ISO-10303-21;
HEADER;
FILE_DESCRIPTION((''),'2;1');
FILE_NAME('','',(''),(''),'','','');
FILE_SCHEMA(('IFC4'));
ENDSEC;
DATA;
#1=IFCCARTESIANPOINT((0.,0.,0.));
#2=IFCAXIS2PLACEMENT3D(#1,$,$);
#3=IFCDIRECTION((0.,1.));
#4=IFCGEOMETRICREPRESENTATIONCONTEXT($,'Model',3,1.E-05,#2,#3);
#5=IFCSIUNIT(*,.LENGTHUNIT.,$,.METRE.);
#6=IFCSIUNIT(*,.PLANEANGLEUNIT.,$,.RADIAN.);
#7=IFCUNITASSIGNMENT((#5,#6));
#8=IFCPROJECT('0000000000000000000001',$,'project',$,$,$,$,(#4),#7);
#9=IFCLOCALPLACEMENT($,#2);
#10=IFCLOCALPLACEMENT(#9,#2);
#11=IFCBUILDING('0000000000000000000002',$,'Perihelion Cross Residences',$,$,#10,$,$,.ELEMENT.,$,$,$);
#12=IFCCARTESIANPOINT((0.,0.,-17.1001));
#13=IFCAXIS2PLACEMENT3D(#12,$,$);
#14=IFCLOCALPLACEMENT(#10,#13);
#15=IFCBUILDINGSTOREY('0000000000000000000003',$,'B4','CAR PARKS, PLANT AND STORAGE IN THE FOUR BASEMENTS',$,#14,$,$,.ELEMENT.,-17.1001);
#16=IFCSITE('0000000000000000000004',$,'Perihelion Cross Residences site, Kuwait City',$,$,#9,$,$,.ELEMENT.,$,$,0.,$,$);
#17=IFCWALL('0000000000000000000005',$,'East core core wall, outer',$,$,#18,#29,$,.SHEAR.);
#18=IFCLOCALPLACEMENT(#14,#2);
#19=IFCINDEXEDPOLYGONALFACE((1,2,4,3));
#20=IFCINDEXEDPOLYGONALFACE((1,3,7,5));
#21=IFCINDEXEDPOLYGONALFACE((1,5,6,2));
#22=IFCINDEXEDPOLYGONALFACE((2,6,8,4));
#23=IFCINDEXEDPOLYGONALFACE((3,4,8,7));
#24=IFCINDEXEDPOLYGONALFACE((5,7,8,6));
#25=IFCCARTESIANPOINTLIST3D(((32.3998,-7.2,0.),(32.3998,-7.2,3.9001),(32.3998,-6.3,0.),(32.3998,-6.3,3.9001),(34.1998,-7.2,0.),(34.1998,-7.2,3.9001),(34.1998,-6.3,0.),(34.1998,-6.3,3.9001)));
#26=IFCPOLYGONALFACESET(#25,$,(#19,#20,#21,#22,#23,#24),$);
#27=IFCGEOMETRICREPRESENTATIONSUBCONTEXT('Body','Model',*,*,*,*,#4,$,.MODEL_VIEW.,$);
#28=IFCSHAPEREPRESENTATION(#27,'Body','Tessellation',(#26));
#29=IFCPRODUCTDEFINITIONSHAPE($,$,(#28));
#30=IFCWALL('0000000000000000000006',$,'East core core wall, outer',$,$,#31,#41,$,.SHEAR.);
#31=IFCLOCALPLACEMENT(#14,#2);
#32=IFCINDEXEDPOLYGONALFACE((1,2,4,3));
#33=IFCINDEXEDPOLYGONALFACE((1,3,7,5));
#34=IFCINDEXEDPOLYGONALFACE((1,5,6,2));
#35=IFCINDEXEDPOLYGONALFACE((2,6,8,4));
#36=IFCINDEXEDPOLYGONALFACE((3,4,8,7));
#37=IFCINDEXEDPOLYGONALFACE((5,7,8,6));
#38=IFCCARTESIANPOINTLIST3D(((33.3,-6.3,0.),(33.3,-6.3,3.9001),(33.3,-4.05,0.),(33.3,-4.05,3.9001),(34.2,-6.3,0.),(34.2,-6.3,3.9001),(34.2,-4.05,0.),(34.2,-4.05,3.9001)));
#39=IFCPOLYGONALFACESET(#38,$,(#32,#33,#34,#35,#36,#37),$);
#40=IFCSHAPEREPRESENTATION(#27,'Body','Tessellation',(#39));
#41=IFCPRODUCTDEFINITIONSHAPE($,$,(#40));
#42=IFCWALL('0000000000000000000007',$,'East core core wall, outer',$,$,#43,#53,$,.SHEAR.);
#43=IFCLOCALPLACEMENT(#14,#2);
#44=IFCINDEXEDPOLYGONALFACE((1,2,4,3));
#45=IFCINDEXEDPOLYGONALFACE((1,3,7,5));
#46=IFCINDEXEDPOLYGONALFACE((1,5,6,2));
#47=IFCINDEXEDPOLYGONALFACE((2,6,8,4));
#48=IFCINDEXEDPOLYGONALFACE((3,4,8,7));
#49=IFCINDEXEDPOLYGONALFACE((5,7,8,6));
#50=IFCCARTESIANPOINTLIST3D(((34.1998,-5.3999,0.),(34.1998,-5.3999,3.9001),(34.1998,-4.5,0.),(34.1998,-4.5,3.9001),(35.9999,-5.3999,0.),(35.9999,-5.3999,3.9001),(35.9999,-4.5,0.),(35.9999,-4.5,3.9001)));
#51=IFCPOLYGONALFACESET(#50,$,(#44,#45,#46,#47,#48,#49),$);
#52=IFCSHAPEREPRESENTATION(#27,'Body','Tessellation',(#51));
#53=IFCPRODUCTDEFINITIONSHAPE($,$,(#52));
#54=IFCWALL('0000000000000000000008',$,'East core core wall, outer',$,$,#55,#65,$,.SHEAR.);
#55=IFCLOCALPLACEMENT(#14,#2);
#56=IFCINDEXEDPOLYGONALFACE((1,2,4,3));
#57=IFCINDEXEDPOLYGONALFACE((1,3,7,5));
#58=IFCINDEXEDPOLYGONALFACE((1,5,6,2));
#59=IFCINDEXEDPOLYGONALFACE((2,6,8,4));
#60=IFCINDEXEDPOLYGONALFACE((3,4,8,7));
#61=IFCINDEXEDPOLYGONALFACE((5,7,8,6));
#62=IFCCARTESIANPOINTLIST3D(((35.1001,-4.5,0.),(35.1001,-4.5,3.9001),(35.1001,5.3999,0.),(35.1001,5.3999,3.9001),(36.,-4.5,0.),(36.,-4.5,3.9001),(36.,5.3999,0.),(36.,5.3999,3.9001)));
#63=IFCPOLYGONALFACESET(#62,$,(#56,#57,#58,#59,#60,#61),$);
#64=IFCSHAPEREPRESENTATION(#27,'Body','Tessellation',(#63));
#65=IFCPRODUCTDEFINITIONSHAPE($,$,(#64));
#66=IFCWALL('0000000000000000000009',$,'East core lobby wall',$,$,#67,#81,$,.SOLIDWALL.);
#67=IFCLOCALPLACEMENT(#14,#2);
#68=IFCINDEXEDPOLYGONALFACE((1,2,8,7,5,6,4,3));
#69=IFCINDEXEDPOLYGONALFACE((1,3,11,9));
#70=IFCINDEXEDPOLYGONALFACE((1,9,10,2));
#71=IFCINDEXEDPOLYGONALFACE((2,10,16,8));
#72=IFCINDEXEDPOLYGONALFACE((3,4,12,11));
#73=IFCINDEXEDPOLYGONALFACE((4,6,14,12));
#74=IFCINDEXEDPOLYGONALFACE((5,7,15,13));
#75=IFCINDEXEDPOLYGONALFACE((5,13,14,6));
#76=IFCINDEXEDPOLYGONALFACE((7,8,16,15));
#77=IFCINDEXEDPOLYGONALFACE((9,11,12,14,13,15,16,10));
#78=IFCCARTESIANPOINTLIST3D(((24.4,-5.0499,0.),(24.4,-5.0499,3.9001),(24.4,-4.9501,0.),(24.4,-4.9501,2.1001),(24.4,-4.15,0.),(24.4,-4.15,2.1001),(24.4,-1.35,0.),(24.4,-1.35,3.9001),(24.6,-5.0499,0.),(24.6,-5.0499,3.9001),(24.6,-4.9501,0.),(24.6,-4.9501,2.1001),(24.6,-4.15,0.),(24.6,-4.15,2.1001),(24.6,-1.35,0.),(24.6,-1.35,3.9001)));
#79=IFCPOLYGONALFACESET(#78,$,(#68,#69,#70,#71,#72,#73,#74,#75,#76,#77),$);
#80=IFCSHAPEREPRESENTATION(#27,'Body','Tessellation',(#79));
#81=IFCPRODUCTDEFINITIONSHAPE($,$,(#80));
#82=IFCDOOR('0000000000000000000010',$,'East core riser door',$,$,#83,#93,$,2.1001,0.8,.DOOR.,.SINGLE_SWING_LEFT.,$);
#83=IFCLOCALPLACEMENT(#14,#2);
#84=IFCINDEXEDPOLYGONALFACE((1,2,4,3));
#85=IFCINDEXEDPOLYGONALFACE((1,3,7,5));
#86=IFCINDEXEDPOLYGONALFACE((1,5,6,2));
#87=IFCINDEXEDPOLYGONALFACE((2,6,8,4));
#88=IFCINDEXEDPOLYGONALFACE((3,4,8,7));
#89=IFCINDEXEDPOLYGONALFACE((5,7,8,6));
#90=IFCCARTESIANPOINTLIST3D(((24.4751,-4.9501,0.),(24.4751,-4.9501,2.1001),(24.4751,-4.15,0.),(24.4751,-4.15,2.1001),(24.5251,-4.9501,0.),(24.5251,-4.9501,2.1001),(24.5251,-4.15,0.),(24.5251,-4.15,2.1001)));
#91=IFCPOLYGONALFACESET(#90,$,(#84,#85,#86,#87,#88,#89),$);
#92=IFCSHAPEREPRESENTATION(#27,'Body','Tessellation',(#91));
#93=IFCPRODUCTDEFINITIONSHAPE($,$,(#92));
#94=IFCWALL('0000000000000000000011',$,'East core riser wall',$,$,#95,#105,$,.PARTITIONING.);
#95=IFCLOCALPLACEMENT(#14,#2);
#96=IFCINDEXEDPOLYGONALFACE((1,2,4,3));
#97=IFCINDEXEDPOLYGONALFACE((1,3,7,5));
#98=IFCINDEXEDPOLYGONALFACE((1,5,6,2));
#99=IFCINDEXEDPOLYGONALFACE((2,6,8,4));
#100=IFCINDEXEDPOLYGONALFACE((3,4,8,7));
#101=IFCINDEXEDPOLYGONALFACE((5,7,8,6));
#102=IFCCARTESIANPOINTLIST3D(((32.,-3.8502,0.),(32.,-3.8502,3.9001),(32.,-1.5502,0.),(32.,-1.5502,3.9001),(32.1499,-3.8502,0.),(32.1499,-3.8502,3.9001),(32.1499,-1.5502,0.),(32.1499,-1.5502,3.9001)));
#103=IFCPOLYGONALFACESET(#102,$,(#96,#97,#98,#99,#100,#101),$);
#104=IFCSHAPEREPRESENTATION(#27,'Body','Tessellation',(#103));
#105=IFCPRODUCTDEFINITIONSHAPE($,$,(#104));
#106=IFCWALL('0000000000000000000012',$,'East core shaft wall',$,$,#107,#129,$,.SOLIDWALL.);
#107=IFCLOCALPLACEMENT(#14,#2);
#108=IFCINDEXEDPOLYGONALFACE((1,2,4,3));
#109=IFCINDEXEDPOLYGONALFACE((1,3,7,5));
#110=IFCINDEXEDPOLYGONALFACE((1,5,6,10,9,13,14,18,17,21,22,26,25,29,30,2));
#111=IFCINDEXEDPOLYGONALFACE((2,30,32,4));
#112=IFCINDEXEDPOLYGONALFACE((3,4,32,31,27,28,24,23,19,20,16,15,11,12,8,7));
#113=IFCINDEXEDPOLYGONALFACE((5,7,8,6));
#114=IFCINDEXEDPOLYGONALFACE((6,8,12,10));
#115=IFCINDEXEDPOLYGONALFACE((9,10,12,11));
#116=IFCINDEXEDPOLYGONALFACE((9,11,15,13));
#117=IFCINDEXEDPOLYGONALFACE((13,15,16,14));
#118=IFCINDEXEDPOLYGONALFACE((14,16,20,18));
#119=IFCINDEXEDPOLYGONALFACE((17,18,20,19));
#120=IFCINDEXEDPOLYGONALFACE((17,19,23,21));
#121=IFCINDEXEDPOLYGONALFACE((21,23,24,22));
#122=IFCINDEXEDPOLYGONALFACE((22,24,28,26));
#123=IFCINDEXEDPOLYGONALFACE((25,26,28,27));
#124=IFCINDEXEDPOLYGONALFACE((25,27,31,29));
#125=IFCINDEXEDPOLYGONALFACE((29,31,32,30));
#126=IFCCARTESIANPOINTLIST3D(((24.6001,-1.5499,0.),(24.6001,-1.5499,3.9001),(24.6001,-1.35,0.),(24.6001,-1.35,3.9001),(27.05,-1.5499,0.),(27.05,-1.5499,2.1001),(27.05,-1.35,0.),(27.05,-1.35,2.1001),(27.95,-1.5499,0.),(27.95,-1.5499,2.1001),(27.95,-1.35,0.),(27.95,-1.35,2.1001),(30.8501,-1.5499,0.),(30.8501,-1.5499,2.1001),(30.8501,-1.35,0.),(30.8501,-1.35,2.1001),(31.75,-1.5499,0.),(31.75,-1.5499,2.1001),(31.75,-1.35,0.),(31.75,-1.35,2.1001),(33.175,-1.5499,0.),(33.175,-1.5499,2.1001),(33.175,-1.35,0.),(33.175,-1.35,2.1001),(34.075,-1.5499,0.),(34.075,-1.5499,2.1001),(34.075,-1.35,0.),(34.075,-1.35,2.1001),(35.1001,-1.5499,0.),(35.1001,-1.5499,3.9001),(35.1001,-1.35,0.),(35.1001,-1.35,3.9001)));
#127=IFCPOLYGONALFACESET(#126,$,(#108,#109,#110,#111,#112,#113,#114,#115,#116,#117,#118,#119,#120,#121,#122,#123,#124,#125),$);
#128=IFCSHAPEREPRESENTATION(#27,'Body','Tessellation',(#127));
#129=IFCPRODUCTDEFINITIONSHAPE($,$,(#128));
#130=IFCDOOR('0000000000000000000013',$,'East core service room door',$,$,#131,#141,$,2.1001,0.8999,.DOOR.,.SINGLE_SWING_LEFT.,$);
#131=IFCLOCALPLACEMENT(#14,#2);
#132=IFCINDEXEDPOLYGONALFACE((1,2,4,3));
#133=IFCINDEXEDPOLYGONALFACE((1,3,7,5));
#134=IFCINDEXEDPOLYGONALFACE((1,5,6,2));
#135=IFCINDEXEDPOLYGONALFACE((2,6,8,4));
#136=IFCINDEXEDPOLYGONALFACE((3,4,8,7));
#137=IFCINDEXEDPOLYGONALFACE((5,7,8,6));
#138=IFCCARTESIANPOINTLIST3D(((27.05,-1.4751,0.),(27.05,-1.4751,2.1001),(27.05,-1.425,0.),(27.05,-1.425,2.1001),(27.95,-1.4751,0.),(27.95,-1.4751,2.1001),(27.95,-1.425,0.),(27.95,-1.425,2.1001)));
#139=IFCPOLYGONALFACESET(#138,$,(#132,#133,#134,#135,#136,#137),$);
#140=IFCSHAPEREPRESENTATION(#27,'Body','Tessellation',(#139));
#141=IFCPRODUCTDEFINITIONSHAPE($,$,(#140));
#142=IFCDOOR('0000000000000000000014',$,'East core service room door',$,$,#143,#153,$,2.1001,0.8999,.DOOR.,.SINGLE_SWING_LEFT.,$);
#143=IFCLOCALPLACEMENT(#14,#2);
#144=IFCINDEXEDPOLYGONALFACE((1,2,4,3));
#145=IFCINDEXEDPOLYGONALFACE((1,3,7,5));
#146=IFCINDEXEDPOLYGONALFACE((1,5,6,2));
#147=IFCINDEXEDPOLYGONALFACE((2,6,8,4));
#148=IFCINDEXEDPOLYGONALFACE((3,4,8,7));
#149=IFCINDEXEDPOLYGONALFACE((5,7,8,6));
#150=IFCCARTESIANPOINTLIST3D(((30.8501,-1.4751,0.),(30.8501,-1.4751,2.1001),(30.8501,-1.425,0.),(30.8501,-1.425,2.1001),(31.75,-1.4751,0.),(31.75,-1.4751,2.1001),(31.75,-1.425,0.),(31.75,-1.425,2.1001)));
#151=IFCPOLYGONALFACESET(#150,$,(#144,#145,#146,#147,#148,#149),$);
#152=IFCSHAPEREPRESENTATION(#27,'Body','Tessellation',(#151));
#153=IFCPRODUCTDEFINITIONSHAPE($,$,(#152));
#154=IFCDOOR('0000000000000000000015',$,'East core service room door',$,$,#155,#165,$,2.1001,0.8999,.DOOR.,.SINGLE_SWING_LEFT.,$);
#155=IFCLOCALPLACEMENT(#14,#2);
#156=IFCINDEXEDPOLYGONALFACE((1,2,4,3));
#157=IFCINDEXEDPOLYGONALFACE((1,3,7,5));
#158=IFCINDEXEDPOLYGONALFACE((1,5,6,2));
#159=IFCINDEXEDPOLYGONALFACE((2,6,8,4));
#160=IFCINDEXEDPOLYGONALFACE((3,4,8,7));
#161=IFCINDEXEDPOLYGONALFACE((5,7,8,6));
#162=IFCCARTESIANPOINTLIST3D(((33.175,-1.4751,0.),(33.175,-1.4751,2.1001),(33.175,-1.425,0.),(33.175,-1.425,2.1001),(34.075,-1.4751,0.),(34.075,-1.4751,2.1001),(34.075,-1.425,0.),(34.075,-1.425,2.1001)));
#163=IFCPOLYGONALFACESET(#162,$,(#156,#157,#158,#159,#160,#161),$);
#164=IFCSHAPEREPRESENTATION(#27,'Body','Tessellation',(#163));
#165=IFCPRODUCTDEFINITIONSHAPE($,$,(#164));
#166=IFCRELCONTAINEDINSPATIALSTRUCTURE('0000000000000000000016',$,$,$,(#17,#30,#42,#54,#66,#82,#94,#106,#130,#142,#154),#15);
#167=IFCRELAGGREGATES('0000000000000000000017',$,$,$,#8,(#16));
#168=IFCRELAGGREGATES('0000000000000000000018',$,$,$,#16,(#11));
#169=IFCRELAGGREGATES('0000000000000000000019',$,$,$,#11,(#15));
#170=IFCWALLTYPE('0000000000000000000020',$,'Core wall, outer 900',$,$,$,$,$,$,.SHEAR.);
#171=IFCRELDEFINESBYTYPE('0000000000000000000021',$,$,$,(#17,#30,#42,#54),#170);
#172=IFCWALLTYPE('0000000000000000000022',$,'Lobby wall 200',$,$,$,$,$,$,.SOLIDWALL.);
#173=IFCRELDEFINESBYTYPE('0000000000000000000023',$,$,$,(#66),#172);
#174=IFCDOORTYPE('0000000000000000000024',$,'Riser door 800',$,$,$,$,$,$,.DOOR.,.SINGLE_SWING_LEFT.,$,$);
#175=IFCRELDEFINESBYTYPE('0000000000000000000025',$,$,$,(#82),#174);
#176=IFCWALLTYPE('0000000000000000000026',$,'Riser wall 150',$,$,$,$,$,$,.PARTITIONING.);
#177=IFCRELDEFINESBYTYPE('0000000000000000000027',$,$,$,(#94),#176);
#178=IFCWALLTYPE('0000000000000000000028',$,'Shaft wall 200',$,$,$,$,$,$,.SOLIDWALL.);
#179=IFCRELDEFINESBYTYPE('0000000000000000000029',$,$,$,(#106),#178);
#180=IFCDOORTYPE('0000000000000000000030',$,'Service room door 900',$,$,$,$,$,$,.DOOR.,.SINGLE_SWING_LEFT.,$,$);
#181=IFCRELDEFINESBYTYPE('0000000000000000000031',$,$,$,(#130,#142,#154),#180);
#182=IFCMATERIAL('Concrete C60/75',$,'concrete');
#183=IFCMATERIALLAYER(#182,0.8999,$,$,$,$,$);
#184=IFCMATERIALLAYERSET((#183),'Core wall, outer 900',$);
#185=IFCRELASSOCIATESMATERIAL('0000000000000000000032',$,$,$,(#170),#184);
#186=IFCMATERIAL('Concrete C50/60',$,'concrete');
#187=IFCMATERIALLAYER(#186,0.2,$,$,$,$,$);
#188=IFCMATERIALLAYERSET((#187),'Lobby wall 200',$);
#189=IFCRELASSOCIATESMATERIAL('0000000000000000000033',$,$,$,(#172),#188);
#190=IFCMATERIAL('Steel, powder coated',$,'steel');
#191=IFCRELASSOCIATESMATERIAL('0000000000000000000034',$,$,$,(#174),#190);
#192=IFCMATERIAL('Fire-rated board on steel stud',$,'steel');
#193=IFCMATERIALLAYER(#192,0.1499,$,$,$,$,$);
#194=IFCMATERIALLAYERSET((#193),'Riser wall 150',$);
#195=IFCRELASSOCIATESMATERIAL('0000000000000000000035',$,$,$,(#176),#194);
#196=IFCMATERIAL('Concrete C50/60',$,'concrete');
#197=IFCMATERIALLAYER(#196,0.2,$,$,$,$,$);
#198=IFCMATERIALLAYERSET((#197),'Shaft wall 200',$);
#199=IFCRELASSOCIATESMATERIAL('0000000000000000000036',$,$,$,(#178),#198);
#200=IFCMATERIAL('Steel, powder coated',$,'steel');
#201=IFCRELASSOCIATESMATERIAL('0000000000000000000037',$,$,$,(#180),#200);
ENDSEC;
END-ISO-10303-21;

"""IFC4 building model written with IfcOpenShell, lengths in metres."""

from ifc_helpers import new_model, si_unit, direction, frame, frame_2d, origin, place, context, subcontext, project, spatial, rectangle, extrude, material, layer, layer_set, type_object, element, fill, save


model = new_model("IFC4")

# Units and contexts
model_context = context("Model", 3, precision=1e-05, world=origin(), true_north=direction((0.0, 1.0)))
body_context = subcontext(model_context, "Body", "Model", "MODEL_VIEW")
ifc_project = project(units=[si_unit("LENGTHUNIT", "METRE"), si_unit("PLANEANGLEUNIT", "RADIAN")], contexts=[model_context])

# Site, building, storey
site_placement = place(None, origin())
site = spatial("IfcSite", under=ifc_project, at=site_placement, Name="Perihelion Cross Residences site, Kuwait City", CompositionType="ELEMENT", RefElevation=0.0)
building_placement = place(site_placement, origin())
building = spatial("IfcBuilding", under=site, at=building_placement, Name="Perihelion Cross Residences", CompositionType="ELEMENT")
storey_placement = place(building_placement, frame((0.0, 0.0, -17.1001)))
storey = spatial("IfcBuildingStorey", under=building, at=storey_placement, Name="B4", Description="CAR PARKS, PLANT AND STORAGE IN THE FOUR BASEMENTS", CompositionType="ELEMENT", Elevation=-17.1001)

# Walls
ifc_material_1 = material(Name="Concrete C60/75", Category="concrete")
ifc_layer_1 = layer(ifc_material_1, 0.8999)
ifc_layer_set_1 = layer_set([ifc_layer_1], Name="Core wall, outer 900")
wall_type_1 = type_object("IfcWallType", Name="Core wall, outer 900", PredefinedType="SHEAR", material=ifc_layer_set_1)
wall_1_placement = place(storey_placement, frame((32.3999, -6.75, 0.0), z_axis=(0.0, 0.0, 1.0), x_axis=(1.0, 0.0, 0.0)))
element("IfcWall", 1, at=wall_1_placement, inside=storey, type_object=wall_type_1, Name="East core core wall, outer", PredefinedType="SHEAR", context=body_context, shape_type="SweptSolid", body=[
    extrude(rectangle(XDim=1.8, YDim=0.8999, at=frame_2d((0.8999, 0.0))), origin(), (0.0, 0.0, 1.0), 3.9001),
])
wall_2_placement = place(storey_placement, frame((33.75, -6.3, 0.0), z_axis=(0.0, 0.0, 1.0), x_axis=(0.0, 1.0, 0.0)))
element("IfcWall", 2, at=wall_2_placement, inside=storey, type_object=wall_type_1, Name="East core core wall, outer", PredefinedType="SHEAR", context=body_context, shape_type="SweptSolid", body=[
    extrude(rectangle(XDim=2.25, YDim=0.8999, at=frame_2d((1.125, 0.0))), origin(), (0.0, 0.0, 1.0), 3.9001),
])
wall_3_placement = place(storey_placement, frame((34.2, -4.95, 0.0), z_axis=(0.0, 0.0, 1.0), x_axis=(1.0, 0.0, 0.0)))
element("IfcWall", 3, at=wall_3_placement, inside=storey, type_object=wall_type_1, Name="East core core wall, outer", PredefinedType="SHEAR", context=body_context, shape_type="SweptSolid", body=[
    extrude(rectangle(XDim=1.8, YDim=0.8999, at=frame_2d((0.8999, 0.0))), origin(), (0.0, 0.0, 1.0), 3.9001),
])
wall_4_placement = place(storey_placement, frame((35.55, -4.5, 0.0), z_axis=(0.0, 0.0, 1.0), x_axis=(0.0, 1.0, 0.0)))
element("IfcWall", 4, at=wall_4_placement, inside=storey, type_object=wall_type_1, Name="East core core wall, outer", PredefinedType="SHEAR", context=body_context, shape_type="SweptSolid", body=[
    extrude(rectangle(XDim=9.8999, YDim=0.8999, at=frame_2d((4.95, 0.0))), origin(), (0.0, 0.0, 1.0), 3.9001),
])

# Wall, opening, door
ifc_material_2 = material(Name="Concrete C50/60", Category="concrete")
ifc_layer_2 = layer(ifc_material_2, 0.2)
ifc_layer_set_2 = layer_set([ifc_layer_2], Name="Lobby wall 200")
wall_type_2 = type_object("IfcWallType", Name="Lobby wall 200", PredefinedType="SOLIDWALL", material=ifc_layer_set_2)
wall_5_placement = place(storey_placement, frame((24.5, -5.05, 0.0), z_axis=(0.0, 0.0, 1.0), x_axis=(0.0, 1.0, 0.0)))
wall_5 = element("IfcWall", 5, at=wall_5_placement, inside=storey, type_object=wall_type_2, Name="East core lobby wall", PredefinedType="SOLIDWALL", context=body_context, shape_type="SweptSolid", body=[
    extrude(rectangle(XDim=3.7, YDim=0.2, at=frame_2d((1.8501, 0.0))), origin(), (0.0, 0.0, 1.0), 3.9001),
])
opening_1_placement = place(wall_5_placement, frame((0.1001, 0.0, 0.0)))
opening_1 = element("IfcOpeningElement", 6, at=opening_1_placement, cuts=wall_5, PredefinedType="OPENING", context=body_context, shape_type="SweptSolid", body=[
    extrude(rectangle(XDim=0.8, YDim=2.1001, at=frame_2d((0.3999, 1.05))), frame((0.0, 0.1099, 0.0), z_axis=(0.0, -1.0, 0.0), x_axis=(1.0, 0.0, 0.0)), (0.0, 0.0, 1.0), 0.22),
])
ifc_material_3 = material(Name="Steel, powder coated", Category="steel")
door_type_1 = type_object("IfcDoorType", Name="Riser door 800", OperationType="SINGLE_SWING_LEFT", PredefinedType="DOOR", material=ifc_material_3)
door_1_placement = place(opening_1_placement, origin())
door_1 = element("IfcDoor", 7, at=door_1_placement, inside=storey, type_object=door_type_1, Name="East core riser door", OperationType="SINGLE_SWING_LEFT", OverallHeight=2.1001, OverallWidth=0.8, PredefinedType="DOOR", context=body_context, shape_type="SweptSolid", body=[
    extrude(rectangle(XDim=0.8, YDim=2.1001, at=frame_2d((0.3999, 1.05))), frame((0.0, 0.0249, 0.0), z_axis=(0.0, -1.0, 0.0), x_axis=(1.0, 0.0, 0.0)), (0.0, 0.0, 1.0), 0.05),
])
fill(opening_1, door_1)

# Wall
ifc_material_4 = material(Name="Fire-rated board on steel stud", Category="steel")
ifc_layer_3 = layer(ifc_material_4, 0.1499)
ifc_layer_set_3 = layer_set([ifc_layer_3], Name="Riser wall 150")
wall_type_3 = type_object("IfcWallType", Name="Riser wall 150", PredefinedType="PARTITIONING", material=ifc_layer_set_3)
wall_6_placement = place(storey_placement, frame((32.075, -3.8501, 0.0), z_axis=(0.0, 0.0, 1.0), x_axis=(0.0, 1.0, 0.0)))
element("IfcWall", 8, at=wall_6_placement, inside=storey, type_object=wall_type_3, Name="East core riser wall", PredefinedType="PARTITIONING", context=body_context, shape_type="SweptSolid", body=[
    extrude(rectangle(XDim=2.3, YDim=0.1499, at=frame_2d((1.1499, 0.0))), origin(), (0.0, 0.0, 1.0), 3.9001),
])

# Wall, openings, doors
ifc_material_5 = material(Name="Concrete C50/60", Category="concrete")
ifc_layer_4 = layer(ifc_material_5, 0.2)
ifc_layer_set_4 = layer_set([ifc_layer_4], Name="Shaft wall 200")
wall_type_4 = type_object("IfcWallType", Name="Shaft wall 200", PredefinedType="SOLIDWALL", material=ifc_layer_set_4)
wall_7_placement = place(storey_placement, frame((24.6001, -1.45, 0.0), z_axis=(0.0, 0.0, 1.0), x_axis=(1.0, 0.0, 0.0)))
wall_7 = element("IfcWall", 9, at=wall_7_placement, inside=storey, type_object=wall_type_4, Name="East core shaft wall", PredefinedType="SOLIDWALL", context=body_context, shape_type="SweptSolid", body=[
    extrude(rectangle(XDim=10.5, YDim=0.2, at=frame_2d((5.25, 0.0))), origin(), (0.0, 0.0, 1.0), 3.9001),
])
opening_2_placement = place(wall_7_placement, frame((2.45, 0.0, 0.0)))
opening_2 = element("IfcOpeningElement", 10, at=opening_2_placement, cuts=wall_7, PredefinedType="OPENING", context=body_context, shape_type="SweptSolid", body=[
    extrude(rectangle(XDim=0.8999, YDim=2.1001, at=frame_2d((0.45, 1.05))), frame((0.0, 0.1099, 0.0), z_axis=(0.0, -1.0, 0.0), x_axis=(1.0, 0.0, 0.0)), (0.0, 0.0, 1.0), 0.22),
])
opening_3_placement = place(wall_7_placement, frame((6.25, 0.0, 0.0)))
opening_3 = element("IfcOpeningElement", 11, at=opening_3_placement, cuts=wall_7, PredefinedType="OPENING", context=body_context, shape_type="SweptSolid", body=[
    extrude(rectangle(XDim=0.8999, YDim=2.1001, at=frame_2d((0.45, 1.05))), frame((0.0, 0.1099, 0.0), z_axis=(0.0, -1.0, 0.0), x_axis=(1.0, 0.0, 0.0)), (0.0, 0.0, 1.0), 0.22),
])
opening_4_placement = place(wall_7_placement, frame((8.575, 0.0, 0.0)))
opening_4 = element("IfcOpeningElement", 12, at=opening_4_placement, cuts=wall_7, PredefinedType="OPENING", context=body_context, shape_type="SweptSolid", body=[
    extrude(rectangle(XDim=0.8999, YDim=2.1001, at=frame_2d((0.45, 1.05))), frame((0.0, 0.1099, 0.0), z_axis=(0.0, -1.0, 0.0), x_axis=(1.0, 0.0, 0.0)), (0.0, 0.0, 1.0), 0.22),
])
ifc_material_6 = material(Name="Steel, powder coated", Category="steel")
door_type_2 = type_object("IfcDoorType", Name="Service room door 900", OperationType="SINGLE_SWING_LEFT", PredefinedType="DOOR", material=ifc_material_6)
door_2_placement = place(opening_2_placement, origin())
door_2 = element("IfcDoor", 13, at=door_2_placement, inside=storey, type_object=door_type_2, Name="East core service room door", OperationType="SINGLE_SWING_LEFT", OverallHeight=2.1001, OverallWidth=0.8999, PredefinedType="DOOR", context=body_context, shape_type="SweptSolid", body=[
    extrude(rectangle(XDim=0.8999, YDim=2.1001, at=frame_2d((0.45, 1.05))), frame((0.0, 0.0249, 0.0), z_axis=(0.0, -1.0, 0.0), x_axis=(1.0, 0.0, 0.0)), (0.0, 0.0, 1.0), 0.05),
])
fill(opening_2, door_2)
door_3_placement = place(opening_3_placement, origin())
door_3 = element("IfcDoor", 14, at=door_3_placement, inside=storey, type_object=door_type_2, Name="East core service room door", OperationType="SINGLE_SWING_LEFT", OverallHeight=2.1001, OverallWidth=0.8999, PredefinedType="DOOR", context=body_context, shape_type="SweptSolid", body=[
    extrude(rectangle(XDim=0.8999, YDim=2.1001, at=frame_2d((0.45, 1.05))), frame((0.0, 0.0249, 0.0), z_axis=(0.0, -1.0, 0.0), x_axis=(1.0, 0.0, 0.0)), (0.0, 0.0, 1.0), 0.05),
])
fill(opening_3, door_3)
door_4_placement = place(opening_4_placement, origin())
door_4 = element("IfcDoor", 15, at=door_4_placement, inside=storey, type_object=door_type_2, Name="East core service room door", OperationType="SINGLE_SWING_LEFT", OverallHeight=2.1001, OverallWidth=0.8999, PredefinedType="DOOR", context=body_context, shape_type="SweptSolid", body=[
    extrude(rectangle(XDim=0.8999, YDim=2.1001, at=frame_2d((0.45, 1.05))), frame((0.0, 0.0249, 0.0), z_axis=(0.0, -1.0, 0.0), x_axis=(1.0, 0.0, 0.0)), (0.0, 0.0, 1.0), 0.05),
])
fill(opening_4, door_4)

save(model, "model.ifc")
